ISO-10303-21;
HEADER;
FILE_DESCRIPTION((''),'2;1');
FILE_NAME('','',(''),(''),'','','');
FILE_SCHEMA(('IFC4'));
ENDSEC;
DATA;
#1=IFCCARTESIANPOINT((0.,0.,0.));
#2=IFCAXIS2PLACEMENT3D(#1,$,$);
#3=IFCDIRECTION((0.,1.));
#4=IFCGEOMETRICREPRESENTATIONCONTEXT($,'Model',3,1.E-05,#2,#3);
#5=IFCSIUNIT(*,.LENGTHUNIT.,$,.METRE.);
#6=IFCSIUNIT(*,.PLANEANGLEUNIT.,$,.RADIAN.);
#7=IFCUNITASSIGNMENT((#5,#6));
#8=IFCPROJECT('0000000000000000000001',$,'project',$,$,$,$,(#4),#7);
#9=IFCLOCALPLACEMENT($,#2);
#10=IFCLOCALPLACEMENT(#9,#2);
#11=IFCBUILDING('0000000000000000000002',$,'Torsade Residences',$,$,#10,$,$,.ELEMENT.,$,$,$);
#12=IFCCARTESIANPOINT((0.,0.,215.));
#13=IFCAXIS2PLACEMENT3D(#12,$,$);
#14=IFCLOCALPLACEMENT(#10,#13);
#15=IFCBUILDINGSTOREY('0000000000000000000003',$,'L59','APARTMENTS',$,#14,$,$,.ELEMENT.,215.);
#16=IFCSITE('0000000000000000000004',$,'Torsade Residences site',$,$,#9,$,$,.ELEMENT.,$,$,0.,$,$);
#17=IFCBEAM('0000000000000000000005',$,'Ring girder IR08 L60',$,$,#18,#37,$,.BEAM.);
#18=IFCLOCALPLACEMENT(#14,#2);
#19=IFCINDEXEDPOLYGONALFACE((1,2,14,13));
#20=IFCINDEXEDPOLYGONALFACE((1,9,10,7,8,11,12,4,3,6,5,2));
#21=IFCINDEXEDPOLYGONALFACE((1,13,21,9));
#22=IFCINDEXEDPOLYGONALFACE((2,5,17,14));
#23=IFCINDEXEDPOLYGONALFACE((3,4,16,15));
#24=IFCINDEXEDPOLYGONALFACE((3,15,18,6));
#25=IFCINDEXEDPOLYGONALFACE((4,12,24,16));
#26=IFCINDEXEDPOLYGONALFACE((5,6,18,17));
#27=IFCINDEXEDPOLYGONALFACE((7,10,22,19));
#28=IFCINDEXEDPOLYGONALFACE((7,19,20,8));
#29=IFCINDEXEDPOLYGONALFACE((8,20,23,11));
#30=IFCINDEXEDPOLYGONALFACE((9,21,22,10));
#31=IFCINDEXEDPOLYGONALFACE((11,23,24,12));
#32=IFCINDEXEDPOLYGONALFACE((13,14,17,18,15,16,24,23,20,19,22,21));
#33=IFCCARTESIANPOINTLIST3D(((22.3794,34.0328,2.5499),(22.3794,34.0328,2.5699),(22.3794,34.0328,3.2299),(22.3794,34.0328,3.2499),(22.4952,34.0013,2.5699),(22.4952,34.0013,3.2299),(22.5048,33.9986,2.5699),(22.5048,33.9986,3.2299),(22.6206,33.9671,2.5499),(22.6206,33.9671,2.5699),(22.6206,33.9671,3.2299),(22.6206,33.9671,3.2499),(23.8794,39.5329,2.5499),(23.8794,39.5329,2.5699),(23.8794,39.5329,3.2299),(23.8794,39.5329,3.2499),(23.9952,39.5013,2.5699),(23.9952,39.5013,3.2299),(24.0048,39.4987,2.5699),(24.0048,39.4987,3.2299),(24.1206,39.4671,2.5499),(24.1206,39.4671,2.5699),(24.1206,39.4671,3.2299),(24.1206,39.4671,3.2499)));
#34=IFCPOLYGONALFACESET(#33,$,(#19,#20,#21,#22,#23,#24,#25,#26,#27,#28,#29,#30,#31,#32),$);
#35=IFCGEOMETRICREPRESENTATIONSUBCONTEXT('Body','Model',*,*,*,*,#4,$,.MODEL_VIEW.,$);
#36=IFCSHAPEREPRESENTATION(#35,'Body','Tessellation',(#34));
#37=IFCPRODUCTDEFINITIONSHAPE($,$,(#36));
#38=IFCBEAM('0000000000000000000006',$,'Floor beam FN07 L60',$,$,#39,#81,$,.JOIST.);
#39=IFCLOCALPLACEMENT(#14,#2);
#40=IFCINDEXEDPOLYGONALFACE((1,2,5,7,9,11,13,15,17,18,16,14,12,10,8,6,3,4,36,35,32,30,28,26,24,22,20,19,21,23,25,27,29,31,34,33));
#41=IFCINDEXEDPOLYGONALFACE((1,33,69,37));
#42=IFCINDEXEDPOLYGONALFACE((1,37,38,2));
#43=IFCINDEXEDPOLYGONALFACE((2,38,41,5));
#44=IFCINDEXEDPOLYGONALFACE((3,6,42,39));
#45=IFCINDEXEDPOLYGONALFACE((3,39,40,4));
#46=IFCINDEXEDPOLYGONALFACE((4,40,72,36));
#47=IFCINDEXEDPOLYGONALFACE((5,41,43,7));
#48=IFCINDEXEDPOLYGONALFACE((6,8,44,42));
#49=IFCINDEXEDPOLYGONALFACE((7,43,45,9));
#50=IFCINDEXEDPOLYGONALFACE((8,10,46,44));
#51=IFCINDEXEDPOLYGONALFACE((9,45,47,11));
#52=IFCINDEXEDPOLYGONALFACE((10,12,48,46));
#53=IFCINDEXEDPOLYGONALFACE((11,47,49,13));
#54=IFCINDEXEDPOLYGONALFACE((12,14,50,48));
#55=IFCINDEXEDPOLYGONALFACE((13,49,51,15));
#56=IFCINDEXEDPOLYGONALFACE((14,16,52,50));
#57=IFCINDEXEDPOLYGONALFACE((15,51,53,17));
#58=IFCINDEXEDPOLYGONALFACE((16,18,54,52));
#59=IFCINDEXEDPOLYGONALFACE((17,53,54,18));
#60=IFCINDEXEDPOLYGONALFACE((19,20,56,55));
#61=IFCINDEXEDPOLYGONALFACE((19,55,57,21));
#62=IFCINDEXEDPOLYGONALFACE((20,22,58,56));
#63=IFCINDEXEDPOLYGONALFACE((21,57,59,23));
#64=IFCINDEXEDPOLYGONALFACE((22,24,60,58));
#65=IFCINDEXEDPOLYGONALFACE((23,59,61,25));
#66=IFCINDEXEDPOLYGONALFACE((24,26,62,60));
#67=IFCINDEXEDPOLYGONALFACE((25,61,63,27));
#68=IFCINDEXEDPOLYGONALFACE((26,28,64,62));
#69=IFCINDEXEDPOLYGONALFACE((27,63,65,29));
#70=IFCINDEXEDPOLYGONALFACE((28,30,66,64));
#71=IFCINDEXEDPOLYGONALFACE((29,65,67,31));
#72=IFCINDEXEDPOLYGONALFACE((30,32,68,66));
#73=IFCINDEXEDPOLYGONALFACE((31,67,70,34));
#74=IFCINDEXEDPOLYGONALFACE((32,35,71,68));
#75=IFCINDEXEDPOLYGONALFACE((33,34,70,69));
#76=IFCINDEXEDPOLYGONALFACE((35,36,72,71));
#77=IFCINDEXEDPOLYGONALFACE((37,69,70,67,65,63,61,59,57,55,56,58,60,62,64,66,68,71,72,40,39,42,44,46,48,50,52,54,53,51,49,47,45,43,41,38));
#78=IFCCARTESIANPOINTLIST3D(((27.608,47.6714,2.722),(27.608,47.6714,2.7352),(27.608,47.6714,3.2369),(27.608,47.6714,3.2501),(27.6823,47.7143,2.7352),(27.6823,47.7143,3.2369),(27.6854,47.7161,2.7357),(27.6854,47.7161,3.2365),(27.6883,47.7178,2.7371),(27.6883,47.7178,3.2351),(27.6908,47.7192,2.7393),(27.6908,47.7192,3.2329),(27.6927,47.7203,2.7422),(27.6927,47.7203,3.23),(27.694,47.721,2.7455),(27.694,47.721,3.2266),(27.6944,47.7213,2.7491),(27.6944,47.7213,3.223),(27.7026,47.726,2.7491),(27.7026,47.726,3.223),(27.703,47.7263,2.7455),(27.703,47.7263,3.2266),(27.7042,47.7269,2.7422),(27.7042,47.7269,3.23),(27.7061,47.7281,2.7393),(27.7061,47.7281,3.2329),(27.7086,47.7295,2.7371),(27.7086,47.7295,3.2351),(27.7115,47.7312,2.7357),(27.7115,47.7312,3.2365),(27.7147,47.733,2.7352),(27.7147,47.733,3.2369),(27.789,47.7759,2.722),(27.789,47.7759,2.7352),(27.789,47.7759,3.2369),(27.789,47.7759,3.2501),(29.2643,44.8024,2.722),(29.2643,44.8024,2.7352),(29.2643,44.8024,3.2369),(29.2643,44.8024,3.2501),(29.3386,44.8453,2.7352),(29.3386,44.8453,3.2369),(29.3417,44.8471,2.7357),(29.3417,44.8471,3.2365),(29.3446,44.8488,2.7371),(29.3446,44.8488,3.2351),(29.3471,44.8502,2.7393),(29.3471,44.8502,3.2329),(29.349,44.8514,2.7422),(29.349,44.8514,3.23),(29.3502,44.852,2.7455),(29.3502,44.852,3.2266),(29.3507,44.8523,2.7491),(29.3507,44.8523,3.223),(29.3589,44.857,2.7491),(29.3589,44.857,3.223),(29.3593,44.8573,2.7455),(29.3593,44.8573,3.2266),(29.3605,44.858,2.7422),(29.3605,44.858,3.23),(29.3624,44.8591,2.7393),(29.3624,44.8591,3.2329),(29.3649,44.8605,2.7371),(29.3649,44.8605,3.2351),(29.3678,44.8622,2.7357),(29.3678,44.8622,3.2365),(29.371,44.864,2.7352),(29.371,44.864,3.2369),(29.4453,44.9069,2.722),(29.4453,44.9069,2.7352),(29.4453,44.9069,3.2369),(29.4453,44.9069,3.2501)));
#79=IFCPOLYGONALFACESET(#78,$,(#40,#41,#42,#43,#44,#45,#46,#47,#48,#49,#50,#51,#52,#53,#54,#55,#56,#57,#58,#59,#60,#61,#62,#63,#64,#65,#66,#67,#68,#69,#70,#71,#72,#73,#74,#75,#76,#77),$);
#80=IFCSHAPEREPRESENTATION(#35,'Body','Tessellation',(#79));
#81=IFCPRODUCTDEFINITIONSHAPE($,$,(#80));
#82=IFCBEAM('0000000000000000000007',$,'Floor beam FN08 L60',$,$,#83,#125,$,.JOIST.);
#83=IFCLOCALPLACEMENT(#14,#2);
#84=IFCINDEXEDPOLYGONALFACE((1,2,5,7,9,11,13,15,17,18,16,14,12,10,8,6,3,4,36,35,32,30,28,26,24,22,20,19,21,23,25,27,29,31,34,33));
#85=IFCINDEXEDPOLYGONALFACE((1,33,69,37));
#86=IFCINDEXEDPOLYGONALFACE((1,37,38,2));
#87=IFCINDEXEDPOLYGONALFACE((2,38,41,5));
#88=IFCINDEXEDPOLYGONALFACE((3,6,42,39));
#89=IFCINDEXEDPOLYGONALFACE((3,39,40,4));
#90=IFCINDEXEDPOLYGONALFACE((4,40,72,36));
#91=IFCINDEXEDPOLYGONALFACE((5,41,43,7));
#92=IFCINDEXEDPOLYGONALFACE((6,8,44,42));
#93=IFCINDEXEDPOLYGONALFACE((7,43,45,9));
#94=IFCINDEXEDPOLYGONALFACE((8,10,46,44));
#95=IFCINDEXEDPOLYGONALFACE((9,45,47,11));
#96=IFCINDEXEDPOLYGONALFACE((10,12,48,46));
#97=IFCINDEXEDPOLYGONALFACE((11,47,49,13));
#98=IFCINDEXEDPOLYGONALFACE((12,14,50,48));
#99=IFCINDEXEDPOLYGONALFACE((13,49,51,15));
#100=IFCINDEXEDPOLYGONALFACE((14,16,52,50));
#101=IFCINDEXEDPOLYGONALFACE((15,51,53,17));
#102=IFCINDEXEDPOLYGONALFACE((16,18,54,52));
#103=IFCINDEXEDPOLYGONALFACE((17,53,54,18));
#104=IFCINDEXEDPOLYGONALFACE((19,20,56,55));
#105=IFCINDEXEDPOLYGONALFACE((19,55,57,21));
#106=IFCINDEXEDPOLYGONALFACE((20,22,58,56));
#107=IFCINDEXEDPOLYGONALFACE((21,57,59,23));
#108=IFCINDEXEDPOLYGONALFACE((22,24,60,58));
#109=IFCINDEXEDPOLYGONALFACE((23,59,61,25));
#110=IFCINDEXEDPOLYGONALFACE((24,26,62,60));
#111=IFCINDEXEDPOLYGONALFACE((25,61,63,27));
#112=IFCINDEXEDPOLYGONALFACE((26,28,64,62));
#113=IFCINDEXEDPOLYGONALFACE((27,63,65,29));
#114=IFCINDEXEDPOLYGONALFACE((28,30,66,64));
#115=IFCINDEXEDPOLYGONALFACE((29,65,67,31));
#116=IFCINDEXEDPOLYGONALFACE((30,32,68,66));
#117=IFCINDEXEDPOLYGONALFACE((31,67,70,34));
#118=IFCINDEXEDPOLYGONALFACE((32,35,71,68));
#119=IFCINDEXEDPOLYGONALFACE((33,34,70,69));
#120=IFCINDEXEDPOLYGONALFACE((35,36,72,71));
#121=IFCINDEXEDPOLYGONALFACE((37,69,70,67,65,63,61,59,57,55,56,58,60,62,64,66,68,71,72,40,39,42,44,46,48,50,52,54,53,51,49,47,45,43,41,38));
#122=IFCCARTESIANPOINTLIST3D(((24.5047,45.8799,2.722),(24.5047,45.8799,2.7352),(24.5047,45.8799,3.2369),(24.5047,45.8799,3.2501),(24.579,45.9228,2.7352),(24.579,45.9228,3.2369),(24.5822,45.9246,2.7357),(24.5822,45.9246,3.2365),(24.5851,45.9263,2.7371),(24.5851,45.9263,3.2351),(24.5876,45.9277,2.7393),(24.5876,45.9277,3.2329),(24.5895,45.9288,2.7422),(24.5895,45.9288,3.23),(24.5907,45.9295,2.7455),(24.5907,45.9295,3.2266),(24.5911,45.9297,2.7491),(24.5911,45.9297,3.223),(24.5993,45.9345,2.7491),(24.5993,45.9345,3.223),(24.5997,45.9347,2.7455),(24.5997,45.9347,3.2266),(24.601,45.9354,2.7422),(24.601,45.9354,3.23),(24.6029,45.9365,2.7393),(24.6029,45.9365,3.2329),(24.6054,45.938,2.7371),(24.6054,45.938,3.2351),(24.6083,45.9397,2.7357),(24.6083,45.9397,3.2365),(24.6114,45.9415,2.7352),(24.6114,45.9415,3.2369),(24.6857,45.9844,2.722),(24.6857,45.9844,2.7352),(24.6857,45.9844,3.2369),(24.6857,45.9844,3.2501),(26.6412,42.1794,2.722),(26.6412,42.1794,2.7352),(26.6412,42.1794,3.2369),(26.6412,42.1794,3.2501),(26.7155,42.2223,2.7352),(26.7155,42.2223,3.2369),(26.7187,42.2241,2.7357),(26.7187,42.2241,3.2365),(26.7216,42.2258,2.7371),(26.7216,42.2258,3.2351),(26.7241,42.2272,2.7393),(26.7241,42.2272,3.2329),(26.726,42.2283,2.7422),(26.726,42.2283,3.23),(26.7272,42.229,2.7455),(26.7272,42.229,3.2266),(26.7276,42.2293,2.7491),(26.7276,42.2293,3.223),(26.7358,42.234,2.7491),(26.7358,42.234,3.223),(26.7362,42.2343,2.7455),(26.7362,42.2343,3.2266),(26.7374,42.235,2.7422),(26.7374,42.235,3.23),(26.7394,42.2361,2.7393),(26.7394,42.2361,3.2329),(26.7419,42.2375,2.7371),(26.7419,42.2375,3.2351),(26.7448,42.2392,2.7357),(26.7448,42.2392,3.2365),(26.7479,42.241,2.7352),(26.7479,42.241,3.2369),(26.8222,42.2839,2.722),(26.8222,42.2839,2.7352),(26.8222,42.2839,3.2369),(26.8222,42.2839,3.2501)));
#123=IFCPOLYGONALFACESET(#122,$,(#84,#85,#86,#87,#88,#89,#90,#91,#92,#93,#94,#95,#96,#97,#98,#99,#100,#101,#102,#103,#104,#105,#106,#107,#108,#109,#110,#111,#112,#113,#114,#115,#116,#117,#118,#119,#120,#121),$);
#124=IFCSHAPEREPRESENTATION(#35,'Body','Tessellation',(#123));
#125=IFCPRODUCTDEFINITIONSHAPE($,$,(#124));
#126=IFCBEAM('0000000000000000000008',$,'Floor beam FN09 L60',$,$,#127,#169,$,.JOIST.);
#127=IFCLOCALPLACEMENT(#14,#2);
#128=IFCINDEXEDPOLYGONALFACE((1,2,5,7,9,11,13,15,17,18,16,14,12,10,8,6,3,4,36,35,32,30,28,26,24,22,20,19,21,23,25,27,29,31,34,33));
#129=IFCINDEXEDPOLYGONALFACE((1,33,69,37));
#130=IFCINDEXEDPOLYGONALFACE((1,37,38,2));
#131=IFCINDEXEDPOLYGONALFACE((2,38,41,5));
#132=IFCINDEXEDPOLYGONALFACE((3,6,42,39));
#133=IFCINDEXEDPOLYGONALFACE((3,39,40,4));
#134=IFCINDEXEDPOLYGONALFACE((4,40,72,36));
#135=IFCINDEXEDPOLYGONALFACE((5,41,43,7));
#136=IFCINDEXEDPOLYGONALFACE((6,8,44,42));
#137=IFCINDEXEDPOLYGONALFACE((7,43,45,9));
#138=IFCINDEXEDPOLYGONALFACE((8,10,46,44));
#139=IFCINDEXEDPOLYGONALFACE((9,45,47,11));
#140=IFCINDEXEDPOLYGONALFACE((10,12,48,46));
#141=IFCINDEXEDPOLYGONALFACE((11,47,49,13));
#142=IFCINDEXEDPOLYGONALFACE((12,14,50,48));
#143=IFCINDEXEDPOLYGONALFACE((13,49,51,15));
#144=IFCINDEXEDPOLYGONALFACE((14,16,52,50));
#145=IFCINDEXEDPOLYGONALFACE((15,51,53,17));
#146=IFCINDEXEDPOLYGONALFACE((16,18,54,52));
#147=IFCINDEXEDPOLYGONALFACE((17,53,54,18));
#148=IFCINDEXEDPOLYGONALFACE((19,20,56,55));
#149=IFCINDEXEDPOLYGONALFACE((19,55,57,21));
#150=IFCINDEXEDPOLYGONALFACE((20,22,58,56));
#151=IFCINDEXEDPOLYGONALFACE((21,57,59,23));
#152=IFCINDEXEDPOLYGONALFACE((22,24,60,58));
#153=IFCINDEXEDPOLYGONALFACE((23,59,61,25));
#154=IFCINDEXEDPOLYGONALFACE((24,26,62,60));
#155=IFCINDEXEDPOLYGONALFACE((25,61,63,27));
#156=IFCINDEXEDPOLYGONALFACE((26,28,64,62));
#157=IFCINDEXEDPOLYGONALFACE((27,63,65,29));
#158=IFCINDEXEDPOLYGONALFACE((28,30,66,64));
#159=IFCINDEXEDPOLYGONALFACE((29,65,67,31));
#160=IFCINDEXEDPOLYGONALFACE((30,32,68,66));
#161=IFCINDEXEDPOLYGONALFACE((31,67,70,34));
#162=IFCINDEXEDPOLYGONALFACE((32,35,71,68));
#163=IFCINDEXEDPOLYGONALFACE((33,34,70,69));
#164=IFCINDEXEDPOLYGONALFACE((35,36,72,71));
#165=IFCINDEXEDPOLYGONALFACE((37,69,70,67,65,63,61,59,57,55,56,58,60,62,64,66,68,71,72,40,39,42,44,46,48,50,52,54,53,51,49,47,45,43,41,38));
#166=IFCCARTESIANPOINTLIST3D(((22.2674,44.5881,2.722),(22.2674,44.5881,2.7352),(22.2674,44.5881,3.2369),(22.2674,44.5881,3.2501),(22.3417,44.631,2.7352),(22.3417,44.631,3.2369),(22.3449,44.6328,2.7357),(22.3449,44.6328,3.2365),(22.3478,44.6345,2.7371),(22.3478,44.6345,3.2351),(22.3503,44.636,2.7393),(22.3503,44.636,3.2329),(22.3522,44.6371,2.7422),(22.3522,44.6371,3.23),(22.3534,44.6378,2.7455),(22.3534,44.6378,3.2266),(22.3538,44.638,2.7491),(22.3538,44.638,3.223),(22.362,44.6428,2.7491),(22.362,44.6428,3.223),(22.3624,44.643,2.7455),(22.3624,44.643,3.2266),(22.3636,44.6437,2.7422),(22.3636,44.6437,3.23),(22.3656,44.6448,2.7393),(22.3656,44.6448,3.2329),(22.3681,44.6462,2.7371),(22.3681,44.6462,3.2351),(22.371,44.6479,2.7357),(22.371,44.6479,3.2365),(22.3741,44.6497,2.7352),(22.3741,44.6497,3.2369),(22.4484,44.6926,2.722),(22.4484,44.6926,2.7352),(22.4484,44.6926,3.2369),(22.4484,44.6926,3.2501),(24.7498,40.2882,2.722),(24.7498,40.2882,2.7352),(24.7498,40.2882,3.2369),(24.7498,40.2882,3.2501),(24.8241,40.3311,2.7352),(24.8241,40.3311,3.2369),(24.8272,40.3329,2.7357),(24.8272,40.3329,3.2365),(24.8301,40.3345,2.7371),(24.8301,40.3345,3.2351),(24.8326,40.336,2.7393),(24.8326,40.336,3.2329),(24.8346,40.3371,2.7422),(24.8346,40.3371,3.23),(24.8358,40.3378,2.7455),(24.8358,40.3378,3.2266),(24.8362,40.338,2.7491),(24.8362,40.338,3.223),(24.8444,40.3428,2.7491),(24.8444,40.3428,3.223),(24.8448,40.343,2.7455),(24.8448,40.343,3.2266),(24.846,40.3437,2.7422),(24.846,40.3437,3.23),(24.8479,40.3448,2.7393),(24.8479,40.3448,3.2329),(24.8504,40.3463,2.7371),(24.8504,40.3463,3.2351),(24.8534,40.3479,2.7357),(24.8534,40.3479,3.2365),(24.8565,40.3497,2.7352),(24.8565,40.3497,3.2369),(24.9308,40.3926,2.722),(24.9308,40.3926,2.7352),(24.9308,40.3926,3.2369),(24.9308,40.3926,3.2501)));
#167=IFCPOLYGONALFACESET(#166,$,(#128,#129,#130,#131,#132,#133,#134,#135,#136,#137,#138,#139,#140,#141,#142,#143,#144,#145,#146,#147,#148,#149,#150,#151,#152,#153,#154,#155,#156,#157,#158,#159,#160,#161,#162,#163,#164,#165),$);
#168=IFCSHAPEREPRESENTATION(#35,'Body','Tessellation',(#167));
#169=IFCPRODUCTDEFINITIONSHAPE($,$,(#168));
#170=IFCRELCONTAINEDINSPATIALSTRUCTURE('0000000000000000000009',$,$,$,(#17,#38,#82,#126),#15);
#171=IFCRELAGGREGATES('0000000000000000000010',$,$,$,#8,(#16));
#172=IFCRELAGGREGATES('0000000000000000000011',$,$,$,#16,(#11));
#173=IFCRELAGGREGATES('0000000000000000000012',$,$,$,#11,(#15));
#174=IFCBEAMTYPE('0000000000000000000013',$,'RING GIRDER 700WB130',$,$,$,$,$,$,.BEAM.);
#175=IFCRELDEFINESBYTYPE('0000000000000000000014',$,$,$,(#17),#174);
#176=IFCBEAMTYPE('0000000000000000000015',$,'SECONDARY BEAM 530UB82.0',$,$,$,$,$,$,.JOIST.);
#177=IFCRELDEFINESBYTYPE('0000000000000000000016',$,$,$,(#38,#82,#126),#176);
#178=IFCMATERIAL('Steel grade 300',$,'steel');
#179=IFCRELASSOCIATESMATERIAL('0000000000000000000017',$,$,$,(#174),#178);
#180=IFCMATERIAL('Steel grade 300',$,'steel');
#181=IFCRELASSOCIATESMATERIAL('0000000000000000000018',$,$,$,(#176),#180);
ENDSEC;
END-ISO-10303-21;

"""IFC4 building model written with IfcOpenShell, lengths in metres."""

from ifc_helpers import new_model, si_unit, direction, frame, origin, origin_2d, place, context, subcontext, project, spatial, i_section, extrude, material, material_profile, profile_set, type_object, element, save


model = new_model("IFC4")

# Units and contexts
model_context = context("Model", 3, precision=1e-05, world=origin(), true_north=direction((0.0, 1.0)))
body_context = subcontext(model_context, "Body", "Model", "MODEL_VIEW")
ifc_project = project(units=[si_unit("LENGTHUNIT", "METRE"), si_unit("PLANEANGLEUNIT", "RADIAN")], contexts=[model_context])

# Site, building, storey
site_placement = place(None, origin())
site = spatial("IfcSite", under=ifc_project, at=site_placement, Name="Torsade Residences site", CompositionType="ELEMENT", RefElevation=0.0)
building_placement = place(site_placement, origin())
building = spatial("IfcBuilding", under=site, at=building_placement, Name="Torsade Residences", CompositionType="ELEMENT")
storey_placement = place(building_placement, frame((0.0, 0.0, 215.0)))
storey = spatial("IfcBuildingStorey", under=building, at=storey_placement, Name="L59", Description="APARTMENTS", CompositionType="ELEMENT", Elevation=215.0)

# Beams
ifc_material_1 = material(Name="Steel grade 300", Category="steel")
ifc_material_profile_1 = material_profile(ifc_material_1, i_section(OverallWidth=0.25, OverallDepth=0.7, WebThickness=0.01, FlangeThickness=0.02, at=origin_2d()), Name="700WB130")
ifc_profile_set_1 = profile_set([ifc_material_profile_1], Name="Steel grade 300")
beam_type_1 = type_object("IfcBeamType", Name="RING GIRDER 700WB130", PredefinedType="BEAM", material=ifc_profile_set_1)
beam_1_placement = place(storey_placement, frame((24.0, 39.5, 2.8999), z_axis=(-0.263117, -0.964764, 0.0), x_axis=(0.964764, -0.263117, 0.0)))
element("IfcBeam", 1, at=beam_1_placement, inside=storey, type_object=beam_type_1, Name="Ring girder IR08 L60", PredefinedType="BEAM", context=body_context, shape_type="SweptSolid", body=[
    extrude(i_section(OverallWidth=0.25, OverallDepth=0.7, WebThickness=0.01, FlangeThickness=0.02, at=origin_2d()), origin(), (0.0, 0.0, 1.0), 5.7009),
])
ifc_material_2 = material(Name="Steel grade 300", Category="steel")
ifc_material_profile_2 = material_profile(ifc_material_2, i_section(OverallWidth=0.209, OverallDepth=0.5281, WebThickness=0.0095, FlangeThickness=0.0132, FilletRadius=0.0139, at=origin_2d()), Name="530UB82.0")
ifc_profile_set_2 = profile_set([ifc_material_profile_2], Name="Steel grade 300")
beam_type_2 = type_object("IfcBeamType", Name="SECONDARY BEAM 530UB82.0", PredefinedType="JOIST", material=ifc_profile_set_2)
beam_2_placement = place(storey_placement, frame((27.6985, 47.7236, 2.9861), z_axis=(0.499976, -0.86604, 0.0), x_axis=(0.86604, 0.499976, 0.0)))
element("IfcBeam", 2, at=beam_2_placement, inside=storey, type_object=beam_type_2, Name="Floor beam FN07 L60", PredefinedType="JOIST", context=body_context, shape_type="SweptSolid", body=[
    extrude(i_section(OverallWidth=0.209, OverallDepth=0.5281, WebThickness=0.0095, FlangeThickness=0.0132, FilletRadius=0.0139, at=origin_2d()), origin(), (0.0, 0.0, 1.0), 3.3127),
])
beam_3_placement = place(storey_placement, frame((24.5952, 45.9321, 2.9861), z_axis=(0.500004, -0.866023, 0.0), x_axis=(0.866023, 0.500004, 0.0)))
element("IfcBeam", 3, at=beam_3_placement, inside=storey, type_object=beam_type_2, Name="Floor beam FN08 L60", PredefinedType="JOIST", context=body_context, shape_type="SweptSolid", body=[
    extrude(i_section(OverallWidth=0.209, OverallDepth=0.5281, WebThickness=0.0095, FlangeThickness=0.0132, FilletRadius=0.0139, at=origin_2d()), origin(), (0.0, 0.0, 1.0), 4.2729),
])
beam_4_placement = place(storey_placement, frame((22.3579, 44.6404, 2.9861), z_axis=(0.499968, -0.866044, 0.0), x_axis=(0.866044, 0.499968, 0.0)))
element("IfcBeam", 4, at=beam_4_placement, inside=storey, type_object=beam_type_2, Name="Floor beam FN09 L60", PredefinedType="JOIST", context=body_context, shape_type="SweptSolid", body=[
    extrude(i_section(OverallWidth=0.209, OverallDepth=0.5281, WebThickness=0.0095, FlangeThickness=0.0132, FilletRadius=0.0139, at=origin_2d()), origin(), (0.0, 0.0, 1.0), 4.9651),
])

save(model, "model.ifc")
